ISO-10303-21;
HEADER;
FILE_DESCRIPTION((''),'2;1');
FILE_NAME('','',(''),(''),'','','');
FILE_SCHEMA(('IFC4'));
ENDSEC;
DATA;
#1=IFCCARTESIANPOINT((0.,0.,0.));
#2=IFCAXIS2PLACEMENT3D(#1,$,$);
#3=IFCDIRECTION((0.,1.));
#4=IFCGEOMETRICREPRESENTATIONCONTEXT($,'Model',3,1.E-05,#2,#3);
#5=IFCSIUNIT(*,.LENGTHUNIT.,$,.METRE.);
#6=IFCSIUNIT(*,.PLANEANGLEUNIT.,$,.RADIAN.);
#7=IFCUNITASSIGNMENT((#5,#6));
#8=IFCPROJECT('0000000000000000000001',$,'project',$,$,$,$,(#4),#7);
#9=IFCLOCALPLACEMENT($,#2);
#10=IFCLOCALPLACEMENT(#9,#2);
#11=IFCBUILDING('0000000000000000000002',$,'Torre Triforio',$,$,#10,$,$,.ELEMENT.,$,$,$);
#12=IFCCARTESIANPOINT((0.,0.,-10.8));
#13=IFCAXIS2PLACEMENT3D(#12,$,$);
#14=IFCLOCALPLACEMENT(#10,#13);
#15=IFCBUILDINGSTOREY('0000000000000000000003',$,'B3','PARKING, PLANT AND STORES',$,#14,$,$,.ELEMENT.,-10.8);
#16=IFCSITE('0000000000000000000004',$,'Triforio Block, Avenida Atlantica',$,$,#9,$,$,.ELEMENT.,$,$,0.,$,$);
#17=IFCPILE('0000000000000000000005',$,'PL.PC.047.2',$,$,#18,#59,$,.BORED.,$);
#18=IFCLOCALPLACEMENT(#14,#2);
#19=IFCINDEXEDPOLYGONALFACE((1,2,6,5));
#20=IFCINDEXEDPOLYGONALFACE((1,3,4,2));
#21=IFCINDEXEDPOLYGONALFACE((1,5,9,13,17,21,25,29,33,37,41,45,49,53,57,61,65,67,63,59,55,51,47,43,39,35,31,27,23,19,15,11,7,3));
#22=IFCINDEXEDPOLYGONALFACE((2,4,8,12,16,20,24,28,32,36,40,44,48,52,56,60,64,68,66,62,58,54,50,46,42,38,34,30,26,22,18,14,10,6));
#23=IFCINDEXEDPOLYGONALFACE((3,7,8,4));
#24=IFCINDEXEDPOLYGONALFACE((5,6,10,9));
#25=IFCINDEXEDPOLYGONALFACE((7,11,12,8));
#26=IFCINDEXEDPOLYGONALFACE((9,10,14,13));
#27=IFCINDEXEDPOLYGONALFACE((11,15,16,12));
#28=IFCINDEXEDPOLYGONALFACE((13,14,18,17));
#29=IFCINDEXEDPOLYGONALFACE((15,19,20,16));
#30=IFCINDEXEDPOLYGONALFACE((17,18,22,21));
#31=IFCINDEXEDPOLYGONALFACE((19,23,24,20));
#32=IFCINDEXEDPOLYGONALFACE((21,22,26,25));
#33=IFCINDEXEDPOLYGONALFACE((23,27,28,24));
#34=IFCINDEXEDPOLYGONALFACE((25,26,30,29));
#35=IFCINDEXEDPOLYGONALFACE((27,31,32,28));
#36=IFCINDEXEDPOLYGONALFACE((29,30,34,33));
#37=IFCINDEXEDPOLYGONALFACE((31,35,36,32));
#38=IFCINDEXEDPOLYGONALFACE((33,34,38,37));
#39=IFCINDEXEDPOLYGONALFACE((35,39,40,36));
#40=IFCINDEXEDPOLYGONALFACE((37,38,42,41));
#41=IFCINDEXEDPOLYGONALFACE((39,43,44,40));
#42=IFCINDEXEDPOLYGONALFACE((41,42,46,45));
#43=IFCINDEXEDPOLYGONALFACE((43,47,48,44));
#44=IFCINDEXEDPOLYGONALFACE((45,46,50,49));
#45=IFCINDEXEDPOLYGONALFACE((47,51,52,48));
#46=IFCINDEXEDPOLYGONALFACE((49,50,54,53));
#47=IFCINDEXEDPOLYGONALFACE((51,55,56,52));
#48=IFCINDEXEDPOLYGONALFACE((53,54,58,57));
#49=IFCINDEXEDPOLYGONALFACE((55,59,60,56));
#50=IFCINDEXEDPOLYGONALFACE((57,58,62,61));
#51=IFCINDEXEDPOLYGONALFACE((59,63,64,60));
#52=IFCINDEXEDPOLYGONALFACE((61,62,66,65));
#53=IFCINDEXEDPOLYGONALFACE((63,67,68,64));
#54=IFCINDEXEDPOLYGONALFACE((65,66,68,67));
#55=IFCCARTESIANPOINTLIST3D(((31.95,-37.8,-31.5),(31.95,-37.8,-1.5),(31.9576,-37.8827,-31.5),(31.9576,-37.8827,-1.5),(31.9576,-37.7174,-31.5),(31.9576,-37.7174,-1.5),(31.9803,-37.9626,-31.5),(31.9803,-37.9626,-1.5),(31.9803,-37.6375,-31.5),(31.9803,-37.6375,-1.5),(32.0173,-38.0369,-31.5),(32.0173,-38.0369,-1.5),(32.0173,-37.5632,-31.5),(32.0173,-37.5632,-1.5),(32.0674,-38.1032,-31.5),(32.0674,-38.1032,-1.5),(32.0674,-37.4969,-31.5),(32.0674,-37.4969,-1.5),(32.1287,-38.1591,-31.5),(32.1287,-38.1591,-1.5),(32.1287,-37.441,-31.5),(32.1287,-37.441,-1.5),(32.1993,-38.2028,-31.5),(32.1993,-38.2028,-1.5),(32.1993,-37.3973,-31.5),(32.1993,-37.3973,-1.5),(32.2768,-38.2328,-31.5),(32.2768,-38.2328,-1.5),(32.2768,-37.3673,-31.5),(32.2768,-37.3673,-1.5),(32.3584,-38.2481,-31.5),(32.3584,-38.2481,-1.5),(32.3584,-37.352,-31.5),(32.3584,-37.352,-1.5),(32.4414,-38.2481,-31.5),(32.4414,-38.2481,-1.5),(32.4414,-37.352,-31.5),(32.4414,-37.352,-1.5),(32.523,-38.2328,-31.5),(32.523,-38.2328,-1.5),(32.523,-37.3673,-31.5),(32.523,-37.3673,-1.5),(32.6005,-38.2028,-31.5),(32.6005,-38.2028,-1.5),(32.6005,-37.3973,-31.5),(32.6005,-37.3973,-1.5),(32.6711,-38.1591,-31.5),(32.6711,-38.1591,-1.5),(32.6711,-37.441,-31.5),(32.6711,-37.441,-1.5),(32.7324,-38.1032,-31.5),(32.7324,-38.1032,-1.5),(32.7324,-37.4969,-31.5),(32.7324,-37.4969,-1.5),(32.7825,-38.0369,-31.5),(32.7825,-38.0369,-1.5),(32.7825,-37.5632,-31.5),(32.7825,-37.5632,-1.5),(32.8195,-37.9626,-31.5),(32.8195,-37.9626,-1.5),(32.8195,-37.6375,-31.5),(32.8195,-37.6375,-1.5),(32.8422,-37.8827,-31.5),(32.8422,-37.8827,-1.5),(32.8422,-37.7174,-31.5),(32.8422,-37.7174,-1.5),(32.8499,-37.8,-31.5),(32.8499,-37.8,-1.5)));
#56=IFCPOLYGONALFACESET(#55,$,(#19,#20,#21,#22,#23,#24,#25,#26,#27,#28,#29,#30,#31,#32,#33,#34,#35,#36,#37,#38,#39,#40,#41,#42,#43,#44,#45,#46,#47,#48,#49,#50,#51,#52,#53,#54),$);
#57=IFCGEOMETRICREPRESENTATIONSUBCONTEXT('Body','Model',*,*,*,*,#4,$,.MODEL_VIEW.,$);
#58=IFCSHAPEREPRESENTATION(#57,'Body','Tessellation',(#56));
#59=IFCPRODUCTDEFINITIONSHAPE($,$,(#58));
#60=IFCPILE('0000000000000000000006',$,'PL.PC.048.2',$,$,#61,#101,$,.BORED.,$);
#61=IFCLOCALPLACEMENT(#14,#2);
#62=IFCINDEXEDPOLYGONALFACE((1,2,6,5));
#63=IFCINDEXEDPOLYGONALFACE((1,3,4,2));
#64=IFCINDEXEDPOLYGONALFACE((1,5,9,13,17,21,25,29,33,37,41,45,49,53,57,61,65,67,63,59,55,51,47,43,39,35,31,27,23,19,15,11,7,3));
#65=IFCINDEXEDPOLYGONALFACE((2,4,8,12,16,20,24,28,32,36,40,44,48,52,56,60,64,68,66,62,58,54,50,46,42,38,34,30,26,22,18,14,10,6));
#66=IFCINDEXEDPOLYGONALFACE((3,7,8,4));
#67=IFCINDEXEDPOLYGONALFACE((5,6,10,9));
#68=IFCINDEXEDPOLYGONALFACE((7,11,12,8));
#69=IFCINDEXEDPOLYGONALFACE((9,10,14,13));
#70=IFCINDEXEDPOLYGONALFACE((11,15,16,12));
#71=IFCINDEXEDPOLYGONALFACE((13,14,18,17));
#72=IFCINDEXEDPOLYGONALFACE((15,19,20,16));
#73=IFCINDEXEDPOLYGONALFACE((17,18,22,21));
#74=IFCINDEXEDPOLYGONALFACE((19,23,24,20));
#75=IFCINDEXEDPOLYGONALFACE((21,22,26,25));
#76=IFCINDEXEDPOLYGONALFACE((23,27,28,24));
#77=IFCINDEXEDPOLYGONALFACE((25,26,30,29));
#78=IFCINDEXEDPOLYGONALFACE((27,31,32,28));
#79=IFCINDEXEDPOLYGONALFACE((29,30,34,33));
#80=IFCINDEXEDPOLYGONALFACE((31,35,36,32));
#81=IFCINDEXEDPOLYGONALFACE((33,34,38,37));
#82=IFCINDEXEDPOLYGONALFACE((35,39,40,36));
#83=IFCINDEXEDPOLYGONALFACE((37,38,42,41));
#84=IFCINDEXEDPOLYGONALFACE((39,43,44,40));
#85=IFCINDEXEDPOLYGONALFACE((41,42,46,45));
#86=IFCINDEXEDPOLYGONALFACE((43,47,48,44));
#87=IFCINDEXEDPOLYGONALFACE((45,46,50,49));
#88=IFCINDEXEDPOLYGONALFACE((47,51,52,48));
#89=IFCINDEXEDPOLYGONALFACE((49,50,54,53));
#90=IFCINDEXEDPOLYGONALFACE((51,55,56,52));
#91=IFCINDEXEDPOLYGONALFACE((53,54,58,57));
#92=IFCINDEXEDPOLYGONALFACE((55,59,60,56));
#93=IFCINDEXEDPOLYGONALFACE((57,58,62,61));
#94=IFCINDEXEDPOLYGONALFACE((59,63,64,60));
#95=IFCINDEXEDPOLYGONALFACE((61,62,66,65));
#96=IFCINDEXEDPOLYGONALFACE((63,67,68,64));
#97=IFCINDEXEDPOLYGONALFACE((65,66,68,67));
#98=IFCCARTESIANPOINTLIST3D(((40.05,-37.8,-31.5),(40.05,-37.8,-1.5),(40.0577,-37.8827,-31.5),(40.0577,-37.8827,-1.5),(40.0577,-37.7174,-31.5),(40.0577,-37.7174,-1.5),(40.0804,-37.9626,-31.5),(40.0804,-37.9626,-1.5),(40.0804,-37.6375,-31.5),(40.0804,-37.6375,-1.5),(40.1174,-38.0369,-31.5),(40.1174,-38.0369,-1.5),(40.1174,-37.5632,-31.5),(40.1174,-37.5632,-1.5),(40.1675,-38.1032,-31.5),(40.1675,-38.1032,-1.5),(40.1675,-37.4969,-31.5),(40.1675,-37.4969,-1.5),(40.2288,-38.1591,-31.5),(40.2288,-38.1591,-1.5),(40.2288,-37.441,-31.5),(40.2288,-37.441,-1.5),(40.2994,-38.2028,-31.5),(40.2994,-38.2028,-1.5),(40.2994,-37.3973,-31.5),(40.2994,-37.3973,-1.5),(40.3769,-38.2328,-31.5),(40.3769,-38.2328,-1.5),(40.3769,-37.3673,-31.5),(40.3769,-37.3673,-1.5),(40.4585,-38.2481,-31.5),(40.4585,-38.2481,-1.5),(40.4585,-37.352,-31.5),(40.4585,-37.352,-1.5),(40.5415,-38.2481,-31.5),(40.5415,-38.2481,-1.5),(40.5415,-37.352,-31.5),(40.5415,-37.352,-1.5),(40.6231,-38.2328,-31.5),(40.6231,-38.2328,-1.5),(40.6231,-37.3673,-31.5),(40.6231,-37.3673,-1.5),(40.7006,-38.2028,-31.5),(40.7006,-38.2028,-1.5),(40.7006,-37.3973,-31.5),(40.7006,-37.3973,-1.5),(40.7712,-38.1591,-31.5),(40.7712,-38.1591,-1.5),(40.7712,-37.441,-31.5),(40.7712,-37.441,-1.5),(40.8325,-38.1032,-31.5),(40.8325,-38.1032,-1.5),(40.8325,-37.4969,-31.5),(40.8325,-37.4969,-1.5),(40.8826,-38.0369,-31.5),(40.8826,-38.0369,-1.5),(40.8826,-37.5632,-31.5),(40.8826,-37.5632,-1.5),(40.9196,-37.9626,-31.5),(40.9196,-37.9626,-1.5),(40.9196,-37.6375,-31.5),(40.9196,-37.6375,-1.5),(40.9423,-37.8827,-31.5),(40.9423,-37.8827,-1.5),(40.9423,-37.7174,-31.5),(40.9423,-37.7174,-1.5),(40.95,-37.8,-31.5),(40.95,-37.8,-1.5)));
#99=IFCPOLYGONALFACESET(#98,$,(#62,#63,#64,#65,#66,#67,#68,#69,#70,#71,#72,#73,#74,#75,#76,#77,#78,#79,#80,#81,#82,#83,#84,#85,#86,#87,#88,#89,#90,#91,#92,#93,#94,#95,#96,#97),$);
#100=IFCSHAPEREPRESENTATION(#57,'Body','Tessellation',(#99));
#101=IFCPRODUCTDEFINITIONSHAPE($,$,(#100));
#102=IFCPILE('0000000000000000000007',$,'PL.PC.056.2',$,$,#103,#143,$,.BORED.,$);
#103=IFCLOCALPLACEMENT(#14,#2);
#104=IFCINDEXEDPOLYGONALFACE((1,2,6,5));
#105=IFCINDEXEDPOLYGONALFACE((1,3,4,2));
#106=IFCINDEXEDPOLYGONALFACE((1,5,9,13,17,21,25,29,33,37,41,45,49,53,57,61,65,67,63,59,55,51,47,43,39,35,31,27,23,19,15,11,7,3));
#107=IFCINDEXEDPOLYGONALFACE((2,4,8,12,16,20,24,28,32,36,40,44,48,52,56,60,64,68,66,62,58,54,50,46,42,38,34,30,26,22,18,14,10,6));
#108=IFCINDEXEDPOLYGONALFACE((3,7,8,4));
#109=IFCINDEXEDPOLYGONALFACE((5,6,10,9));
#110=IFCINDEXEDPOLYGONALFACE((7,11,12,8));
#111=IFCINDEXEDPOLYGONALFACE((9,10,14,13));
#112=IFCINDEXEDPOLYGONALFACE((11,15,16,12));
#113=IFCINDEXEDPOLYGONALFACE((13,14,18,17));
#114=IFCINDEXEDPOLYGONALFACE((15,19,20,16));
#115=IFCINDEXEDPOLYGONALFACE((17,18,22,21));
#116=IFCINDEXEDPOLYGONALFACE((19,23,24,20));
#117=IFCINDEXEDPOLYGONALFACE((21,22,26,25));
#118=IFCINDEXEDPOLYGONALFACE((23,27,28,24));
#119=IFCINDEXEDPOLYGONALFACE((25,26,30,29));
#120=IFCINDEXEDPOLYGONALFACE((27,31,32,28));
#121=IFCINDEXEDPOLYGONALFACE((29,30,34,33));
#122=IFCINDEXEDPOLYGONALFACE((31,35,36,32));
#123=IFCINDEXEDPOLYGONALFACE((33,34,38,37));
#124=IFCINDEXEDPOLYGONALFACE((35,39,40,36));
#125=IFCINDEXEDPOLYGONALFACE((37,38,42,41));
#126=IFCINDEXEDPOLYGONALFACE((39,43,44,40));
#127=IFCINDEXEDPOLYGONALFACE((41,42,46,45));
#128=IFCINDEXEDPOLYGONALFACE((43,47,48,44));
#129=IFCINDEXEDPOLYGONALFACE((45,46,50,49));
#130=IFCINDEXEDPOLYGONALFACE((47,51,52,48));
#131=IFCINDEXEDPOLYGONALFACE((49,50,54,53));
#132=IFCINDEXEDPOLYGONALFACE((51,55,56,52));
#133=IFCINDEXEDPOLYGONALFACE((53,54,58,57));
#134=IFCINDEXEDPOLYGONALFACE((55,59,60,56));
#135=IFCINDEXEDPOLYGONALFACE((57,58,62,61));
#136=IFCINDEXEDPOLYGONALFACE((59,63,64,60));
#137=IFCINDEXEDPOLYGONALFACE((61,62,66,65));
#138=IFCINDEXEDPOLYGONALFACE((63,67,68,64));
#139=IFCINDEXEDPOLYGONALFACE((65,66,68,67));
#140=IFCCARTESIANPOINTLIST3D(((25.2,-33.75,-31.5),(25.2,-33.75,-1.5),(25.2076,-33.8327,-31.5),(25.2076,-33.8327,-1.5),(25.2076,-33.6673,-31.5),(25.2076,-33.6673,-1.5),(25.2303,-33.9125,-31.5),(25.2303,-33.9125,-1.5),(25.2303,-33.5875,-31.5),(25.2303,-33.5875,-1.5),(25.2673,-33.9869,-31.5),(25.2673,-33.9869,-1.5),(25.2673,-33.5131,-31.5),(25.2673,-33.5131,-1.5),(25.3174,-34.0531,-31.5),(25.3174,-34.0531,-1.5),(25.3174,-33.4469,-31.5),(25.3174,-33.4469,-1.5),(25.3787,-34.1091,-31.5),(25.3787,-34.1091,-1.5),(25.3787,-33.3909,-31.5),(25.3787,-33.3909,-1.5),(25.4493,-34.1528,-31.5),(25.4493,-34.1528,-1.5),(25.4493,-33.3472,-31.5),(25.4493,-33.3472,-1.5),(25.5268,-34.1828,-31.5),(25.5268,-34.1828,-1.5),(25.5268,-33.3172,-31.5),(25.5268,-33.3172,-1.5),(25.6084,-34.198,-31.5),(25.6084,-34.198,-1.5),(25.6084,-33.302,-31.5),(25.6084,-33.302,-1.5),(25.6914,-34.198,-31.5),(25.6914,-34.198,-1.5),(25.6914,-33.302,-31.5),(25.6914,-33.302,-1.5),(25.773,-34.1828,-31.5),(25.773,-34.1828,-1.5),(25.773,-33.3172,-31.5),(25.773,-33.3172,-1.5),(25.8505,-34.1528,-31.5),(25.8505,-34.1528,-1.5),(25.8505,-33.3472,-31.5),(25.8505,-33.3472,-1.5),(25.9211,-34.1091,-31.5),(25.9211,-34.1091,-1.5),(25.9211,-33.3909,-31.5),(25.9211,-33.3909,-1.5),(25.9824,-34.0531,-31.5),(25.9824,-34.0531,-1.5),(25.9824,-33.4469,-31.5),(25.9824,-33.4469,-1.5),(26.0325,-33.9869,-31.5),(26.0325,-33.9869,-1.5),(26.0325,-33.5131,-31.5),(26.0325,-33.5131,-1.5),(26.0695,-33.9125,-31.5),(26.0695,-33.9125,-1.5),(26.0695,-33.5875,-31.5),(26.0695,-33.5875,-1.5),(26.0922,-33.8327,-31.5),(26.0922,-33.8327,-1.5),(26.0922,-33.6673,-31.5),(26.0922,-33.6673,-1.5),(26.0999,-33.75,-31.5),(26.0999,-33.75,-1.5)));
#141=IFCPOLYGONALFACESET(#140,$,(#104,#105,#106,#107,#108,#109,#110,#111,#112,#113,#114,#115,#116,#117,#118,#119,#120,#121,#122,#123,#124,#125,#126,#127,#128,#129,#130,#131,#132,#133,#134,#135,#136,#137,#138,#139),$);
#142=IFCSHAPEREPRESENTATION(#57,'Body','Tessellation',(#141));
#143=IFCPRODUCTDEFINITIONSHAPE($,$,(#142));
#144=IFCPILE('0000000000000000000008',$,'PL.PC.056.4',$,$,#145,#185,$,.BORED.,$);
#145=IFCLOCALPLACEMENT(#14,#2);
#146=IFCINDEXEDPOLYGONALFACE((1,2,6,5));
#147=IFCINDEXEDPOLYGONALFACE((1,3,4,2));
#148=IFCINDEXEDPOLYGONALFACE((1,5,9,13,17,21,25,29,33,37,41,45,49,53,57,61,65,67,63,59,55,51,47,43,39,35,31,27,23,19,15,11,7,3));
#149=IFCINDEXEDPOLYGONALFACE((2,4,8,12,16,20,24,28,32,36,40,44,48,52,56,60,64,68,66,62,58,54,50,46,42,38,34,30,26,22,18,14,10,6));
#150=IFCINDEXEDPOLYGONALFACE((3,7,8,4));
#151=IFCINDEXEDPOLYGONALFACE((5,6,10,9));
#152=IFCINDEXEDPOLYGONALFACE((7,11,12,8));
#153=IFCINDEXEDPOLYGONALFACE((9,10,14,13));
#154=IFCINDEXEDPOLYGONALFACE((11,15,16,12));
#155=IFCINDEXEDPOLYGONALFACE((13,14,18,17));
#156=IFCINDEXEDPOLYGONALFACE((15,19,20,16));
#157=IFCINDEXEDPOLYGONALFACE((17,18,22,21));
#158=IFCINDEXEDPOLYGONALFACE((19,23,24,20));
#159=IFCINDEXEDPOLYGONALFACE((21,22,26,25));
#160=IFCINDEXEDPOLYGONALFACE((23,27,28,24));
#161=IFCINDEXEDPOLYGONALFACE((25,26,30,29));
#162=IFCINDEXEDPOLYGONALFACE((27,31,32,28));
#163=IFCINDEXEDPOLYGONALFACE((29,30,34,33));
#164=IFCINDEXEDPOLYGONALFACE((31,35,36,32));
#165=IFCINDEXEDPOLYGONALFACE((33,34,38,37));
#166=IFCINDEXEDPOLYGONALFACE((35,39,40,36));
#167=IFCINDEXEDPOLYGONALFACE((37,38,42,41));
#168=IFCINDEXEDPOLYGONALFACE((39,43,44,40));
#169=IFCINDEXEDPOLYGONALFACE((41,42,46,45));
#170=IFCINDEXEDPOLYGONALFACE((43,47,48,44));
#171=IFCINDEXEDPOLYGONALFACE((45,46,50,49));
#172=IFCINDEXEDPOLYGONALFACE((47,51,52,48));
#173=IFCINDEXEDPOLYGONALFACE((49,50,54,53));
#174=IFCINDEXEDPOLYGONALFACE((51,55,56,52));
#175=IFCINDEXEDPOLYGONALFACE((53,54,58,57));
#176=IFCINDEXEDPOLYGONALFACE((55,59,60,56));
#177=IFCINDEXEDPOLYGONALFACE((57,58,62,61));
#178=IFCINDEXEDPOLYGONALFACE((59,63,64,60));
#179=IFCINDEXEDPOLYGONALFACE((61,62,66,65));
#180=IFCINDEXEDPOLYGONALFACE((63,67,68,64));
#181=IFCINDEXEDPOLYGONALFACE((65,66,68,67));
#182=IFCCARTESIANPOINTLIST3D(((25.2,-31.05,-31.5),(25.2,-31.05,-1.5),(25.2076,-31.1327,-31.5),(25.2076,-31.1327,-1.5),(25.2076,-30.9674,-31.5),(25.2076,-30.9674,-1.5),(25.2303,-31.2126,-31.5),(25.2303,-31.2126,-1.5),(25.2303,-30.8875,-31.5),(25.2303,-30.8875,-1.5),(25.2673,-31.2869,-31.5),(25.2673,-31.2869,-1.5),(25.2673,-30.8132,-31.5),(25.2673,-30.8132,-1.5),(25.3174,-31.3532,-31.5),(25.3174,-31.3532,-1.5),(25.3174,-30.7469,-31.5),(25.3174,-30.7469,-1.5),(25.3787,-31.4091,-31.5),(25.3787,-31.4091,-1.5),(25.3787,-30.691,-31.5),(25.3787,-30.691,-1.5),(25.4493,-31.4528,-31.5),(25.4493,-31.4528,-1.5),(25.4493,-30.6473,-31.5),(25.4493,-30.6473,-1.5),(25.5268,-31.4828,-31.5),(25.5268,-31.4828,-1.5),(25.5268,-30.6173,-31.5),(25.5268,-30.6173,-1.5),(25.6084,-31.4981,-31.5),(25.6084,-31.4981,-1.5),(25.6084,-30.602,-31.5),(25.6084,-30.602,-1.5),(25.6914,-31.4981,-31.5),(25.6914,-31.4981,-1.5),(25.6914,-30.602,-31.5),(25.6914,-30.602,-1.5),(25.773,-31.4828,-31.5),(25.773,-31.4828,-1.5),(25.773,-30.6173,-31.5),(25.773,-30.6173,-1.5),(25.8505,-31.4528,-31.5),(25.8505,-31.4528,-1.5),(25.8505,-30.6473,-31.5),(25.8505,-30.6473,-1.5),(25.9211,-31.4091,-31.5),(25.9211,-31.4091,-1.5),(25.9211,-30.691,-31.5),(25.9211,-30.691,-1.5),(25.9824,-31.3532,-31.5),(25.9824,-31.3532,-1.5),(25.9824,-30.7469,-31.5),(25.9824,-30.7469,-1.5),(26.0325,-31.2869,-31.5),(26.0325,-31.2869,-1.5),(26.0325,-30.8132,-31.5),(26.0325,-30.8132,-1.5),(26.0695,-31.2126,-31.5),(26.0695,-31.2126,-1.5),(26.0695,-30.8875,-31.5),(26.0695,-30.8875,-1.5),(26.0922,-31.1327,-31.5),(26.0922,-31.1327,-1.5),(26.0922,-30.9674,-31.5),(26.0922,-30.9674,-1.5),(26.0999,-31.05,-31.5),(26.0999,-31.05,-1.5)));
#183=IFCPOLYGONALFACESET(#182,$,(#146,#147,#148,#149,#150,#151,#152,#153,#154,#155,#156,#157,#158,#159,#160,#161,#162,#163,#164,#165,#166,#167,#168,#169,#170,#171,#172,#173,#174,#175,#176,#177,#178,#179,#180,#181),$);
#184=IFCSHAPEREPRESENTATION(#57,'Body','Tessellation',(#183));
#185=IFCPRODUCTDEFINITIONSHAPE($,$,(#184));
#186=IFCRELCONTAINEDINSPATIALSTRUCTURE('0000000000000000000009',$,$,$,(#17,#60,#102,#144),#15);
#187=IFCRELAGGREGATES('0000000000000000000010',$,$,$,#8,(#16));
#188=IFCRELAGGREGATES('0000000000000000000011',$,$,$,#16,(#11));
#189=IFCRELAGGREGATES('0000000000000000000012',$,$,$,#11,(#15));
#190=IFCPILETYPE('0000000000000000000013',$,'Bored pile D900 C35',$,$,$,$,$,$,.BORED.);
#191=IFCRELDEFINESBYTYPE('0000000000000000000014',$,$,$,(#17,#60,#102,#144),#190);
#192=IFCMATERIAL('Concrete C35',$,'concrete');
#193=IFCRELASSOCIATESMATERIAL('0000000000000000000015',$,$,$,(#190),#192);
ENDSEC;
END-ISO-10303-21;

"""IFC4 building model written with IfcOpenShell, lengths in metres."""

from ifc_helpers import new_model, si_unit, direction, frame, origin, origin_2d, place, context, subcontext, project, spatial, circle, extrude, material, material_profile, profile_set, type_object, element, save


model = new_model("IFC4")

# Units and contexts
model_context = context("Model", 3, precision=1e-05, world=origin(), true_north=direction((0.0, 1.0)))
body_context = subcontext(model_context, "Body", "Model", "MODEL_VIEW")
ifc_project = project(units=[si_unit("LENGTHUNIT", "METRE"), si_unit("PLANEANGLEUNIT", "RADIAN")], contexts=[model_context])

# Site, building, storey
site_placement = place(None, origin())
site = spatial("IfcSite", under=ifc_project, at=site_placement, Name="Triforio Block, Avenida Atlantica", CompositionType="ELEMENT", RefElevation=0.0)
building_placement = place(site_placement, origin())
building = spatial("IfcBuilding", under=site, at=building_placement, Name="Torre Triforio", CompositionType="ELEMENT")
storey_placement = place(building_placement, frame((0.0, 0.0, -10.8)))
storey = spatial("IfcBuildingStorey", under=building, at=storey_placement, Name="B3", Description="PARKING, PLANT AND STORES", CompositionType="ELEMENT", Elevation=-10.8)

# Piles
ifc_material_1 = material(Name="Concrete C35", Category="concrete")
ifc_material_profile_1 = material_profile(ifc_material_1, circle(Radius=0.45, at=origin_2d()), Name="RC D900")
ifc_profile_set_1 = profile_set([ifc_material_profile_1], Name="Concrete C35")
pile_type = type_object("IfcPileType", Name="Bored pile D900 C35", PredefinedType="BORED", material=ifc_profile_set_1)
for number, where, z_axis, x_axis, name in (
    (1, (32.3999, -37.8, -1.5), (0.0, 0.0, -1.0), (1.0, 0.0, 0.0), "PL.PC.047.2"),
    (2, (40.5, -37.8, -1.5), (0.0, 0.0, -1.0), (1.0, 0.0, 0.0), "PL.PC.048.2"),
    (3, (25.6499, -33.75, -1.5), (0.0, 0.0, -1.0), (1.0, 0.0, 0.0), "PL.PC.056.2"),
    (4, (25.6499, -31.05, -1.5), (0.0, 0.0, -1.0), (1.0, 0.0, 0.0), "PL.PC.056.4"),
):
    element("IfcPile", number, at=place(storey_placement, frame(where, z_axis=z_axis, x_axis=x_axis)), inside=storey, type_object=pile_type, Name=name, PredefinedType="BORED", context=body_context, shape_type="SweptSolid", body=[
        extrude(circle(Radius=0.45, at=origin_2d()), origin(), (0.0, 0.0, 1.0), 30.0),
    ])

save(model, "model.ifc")
